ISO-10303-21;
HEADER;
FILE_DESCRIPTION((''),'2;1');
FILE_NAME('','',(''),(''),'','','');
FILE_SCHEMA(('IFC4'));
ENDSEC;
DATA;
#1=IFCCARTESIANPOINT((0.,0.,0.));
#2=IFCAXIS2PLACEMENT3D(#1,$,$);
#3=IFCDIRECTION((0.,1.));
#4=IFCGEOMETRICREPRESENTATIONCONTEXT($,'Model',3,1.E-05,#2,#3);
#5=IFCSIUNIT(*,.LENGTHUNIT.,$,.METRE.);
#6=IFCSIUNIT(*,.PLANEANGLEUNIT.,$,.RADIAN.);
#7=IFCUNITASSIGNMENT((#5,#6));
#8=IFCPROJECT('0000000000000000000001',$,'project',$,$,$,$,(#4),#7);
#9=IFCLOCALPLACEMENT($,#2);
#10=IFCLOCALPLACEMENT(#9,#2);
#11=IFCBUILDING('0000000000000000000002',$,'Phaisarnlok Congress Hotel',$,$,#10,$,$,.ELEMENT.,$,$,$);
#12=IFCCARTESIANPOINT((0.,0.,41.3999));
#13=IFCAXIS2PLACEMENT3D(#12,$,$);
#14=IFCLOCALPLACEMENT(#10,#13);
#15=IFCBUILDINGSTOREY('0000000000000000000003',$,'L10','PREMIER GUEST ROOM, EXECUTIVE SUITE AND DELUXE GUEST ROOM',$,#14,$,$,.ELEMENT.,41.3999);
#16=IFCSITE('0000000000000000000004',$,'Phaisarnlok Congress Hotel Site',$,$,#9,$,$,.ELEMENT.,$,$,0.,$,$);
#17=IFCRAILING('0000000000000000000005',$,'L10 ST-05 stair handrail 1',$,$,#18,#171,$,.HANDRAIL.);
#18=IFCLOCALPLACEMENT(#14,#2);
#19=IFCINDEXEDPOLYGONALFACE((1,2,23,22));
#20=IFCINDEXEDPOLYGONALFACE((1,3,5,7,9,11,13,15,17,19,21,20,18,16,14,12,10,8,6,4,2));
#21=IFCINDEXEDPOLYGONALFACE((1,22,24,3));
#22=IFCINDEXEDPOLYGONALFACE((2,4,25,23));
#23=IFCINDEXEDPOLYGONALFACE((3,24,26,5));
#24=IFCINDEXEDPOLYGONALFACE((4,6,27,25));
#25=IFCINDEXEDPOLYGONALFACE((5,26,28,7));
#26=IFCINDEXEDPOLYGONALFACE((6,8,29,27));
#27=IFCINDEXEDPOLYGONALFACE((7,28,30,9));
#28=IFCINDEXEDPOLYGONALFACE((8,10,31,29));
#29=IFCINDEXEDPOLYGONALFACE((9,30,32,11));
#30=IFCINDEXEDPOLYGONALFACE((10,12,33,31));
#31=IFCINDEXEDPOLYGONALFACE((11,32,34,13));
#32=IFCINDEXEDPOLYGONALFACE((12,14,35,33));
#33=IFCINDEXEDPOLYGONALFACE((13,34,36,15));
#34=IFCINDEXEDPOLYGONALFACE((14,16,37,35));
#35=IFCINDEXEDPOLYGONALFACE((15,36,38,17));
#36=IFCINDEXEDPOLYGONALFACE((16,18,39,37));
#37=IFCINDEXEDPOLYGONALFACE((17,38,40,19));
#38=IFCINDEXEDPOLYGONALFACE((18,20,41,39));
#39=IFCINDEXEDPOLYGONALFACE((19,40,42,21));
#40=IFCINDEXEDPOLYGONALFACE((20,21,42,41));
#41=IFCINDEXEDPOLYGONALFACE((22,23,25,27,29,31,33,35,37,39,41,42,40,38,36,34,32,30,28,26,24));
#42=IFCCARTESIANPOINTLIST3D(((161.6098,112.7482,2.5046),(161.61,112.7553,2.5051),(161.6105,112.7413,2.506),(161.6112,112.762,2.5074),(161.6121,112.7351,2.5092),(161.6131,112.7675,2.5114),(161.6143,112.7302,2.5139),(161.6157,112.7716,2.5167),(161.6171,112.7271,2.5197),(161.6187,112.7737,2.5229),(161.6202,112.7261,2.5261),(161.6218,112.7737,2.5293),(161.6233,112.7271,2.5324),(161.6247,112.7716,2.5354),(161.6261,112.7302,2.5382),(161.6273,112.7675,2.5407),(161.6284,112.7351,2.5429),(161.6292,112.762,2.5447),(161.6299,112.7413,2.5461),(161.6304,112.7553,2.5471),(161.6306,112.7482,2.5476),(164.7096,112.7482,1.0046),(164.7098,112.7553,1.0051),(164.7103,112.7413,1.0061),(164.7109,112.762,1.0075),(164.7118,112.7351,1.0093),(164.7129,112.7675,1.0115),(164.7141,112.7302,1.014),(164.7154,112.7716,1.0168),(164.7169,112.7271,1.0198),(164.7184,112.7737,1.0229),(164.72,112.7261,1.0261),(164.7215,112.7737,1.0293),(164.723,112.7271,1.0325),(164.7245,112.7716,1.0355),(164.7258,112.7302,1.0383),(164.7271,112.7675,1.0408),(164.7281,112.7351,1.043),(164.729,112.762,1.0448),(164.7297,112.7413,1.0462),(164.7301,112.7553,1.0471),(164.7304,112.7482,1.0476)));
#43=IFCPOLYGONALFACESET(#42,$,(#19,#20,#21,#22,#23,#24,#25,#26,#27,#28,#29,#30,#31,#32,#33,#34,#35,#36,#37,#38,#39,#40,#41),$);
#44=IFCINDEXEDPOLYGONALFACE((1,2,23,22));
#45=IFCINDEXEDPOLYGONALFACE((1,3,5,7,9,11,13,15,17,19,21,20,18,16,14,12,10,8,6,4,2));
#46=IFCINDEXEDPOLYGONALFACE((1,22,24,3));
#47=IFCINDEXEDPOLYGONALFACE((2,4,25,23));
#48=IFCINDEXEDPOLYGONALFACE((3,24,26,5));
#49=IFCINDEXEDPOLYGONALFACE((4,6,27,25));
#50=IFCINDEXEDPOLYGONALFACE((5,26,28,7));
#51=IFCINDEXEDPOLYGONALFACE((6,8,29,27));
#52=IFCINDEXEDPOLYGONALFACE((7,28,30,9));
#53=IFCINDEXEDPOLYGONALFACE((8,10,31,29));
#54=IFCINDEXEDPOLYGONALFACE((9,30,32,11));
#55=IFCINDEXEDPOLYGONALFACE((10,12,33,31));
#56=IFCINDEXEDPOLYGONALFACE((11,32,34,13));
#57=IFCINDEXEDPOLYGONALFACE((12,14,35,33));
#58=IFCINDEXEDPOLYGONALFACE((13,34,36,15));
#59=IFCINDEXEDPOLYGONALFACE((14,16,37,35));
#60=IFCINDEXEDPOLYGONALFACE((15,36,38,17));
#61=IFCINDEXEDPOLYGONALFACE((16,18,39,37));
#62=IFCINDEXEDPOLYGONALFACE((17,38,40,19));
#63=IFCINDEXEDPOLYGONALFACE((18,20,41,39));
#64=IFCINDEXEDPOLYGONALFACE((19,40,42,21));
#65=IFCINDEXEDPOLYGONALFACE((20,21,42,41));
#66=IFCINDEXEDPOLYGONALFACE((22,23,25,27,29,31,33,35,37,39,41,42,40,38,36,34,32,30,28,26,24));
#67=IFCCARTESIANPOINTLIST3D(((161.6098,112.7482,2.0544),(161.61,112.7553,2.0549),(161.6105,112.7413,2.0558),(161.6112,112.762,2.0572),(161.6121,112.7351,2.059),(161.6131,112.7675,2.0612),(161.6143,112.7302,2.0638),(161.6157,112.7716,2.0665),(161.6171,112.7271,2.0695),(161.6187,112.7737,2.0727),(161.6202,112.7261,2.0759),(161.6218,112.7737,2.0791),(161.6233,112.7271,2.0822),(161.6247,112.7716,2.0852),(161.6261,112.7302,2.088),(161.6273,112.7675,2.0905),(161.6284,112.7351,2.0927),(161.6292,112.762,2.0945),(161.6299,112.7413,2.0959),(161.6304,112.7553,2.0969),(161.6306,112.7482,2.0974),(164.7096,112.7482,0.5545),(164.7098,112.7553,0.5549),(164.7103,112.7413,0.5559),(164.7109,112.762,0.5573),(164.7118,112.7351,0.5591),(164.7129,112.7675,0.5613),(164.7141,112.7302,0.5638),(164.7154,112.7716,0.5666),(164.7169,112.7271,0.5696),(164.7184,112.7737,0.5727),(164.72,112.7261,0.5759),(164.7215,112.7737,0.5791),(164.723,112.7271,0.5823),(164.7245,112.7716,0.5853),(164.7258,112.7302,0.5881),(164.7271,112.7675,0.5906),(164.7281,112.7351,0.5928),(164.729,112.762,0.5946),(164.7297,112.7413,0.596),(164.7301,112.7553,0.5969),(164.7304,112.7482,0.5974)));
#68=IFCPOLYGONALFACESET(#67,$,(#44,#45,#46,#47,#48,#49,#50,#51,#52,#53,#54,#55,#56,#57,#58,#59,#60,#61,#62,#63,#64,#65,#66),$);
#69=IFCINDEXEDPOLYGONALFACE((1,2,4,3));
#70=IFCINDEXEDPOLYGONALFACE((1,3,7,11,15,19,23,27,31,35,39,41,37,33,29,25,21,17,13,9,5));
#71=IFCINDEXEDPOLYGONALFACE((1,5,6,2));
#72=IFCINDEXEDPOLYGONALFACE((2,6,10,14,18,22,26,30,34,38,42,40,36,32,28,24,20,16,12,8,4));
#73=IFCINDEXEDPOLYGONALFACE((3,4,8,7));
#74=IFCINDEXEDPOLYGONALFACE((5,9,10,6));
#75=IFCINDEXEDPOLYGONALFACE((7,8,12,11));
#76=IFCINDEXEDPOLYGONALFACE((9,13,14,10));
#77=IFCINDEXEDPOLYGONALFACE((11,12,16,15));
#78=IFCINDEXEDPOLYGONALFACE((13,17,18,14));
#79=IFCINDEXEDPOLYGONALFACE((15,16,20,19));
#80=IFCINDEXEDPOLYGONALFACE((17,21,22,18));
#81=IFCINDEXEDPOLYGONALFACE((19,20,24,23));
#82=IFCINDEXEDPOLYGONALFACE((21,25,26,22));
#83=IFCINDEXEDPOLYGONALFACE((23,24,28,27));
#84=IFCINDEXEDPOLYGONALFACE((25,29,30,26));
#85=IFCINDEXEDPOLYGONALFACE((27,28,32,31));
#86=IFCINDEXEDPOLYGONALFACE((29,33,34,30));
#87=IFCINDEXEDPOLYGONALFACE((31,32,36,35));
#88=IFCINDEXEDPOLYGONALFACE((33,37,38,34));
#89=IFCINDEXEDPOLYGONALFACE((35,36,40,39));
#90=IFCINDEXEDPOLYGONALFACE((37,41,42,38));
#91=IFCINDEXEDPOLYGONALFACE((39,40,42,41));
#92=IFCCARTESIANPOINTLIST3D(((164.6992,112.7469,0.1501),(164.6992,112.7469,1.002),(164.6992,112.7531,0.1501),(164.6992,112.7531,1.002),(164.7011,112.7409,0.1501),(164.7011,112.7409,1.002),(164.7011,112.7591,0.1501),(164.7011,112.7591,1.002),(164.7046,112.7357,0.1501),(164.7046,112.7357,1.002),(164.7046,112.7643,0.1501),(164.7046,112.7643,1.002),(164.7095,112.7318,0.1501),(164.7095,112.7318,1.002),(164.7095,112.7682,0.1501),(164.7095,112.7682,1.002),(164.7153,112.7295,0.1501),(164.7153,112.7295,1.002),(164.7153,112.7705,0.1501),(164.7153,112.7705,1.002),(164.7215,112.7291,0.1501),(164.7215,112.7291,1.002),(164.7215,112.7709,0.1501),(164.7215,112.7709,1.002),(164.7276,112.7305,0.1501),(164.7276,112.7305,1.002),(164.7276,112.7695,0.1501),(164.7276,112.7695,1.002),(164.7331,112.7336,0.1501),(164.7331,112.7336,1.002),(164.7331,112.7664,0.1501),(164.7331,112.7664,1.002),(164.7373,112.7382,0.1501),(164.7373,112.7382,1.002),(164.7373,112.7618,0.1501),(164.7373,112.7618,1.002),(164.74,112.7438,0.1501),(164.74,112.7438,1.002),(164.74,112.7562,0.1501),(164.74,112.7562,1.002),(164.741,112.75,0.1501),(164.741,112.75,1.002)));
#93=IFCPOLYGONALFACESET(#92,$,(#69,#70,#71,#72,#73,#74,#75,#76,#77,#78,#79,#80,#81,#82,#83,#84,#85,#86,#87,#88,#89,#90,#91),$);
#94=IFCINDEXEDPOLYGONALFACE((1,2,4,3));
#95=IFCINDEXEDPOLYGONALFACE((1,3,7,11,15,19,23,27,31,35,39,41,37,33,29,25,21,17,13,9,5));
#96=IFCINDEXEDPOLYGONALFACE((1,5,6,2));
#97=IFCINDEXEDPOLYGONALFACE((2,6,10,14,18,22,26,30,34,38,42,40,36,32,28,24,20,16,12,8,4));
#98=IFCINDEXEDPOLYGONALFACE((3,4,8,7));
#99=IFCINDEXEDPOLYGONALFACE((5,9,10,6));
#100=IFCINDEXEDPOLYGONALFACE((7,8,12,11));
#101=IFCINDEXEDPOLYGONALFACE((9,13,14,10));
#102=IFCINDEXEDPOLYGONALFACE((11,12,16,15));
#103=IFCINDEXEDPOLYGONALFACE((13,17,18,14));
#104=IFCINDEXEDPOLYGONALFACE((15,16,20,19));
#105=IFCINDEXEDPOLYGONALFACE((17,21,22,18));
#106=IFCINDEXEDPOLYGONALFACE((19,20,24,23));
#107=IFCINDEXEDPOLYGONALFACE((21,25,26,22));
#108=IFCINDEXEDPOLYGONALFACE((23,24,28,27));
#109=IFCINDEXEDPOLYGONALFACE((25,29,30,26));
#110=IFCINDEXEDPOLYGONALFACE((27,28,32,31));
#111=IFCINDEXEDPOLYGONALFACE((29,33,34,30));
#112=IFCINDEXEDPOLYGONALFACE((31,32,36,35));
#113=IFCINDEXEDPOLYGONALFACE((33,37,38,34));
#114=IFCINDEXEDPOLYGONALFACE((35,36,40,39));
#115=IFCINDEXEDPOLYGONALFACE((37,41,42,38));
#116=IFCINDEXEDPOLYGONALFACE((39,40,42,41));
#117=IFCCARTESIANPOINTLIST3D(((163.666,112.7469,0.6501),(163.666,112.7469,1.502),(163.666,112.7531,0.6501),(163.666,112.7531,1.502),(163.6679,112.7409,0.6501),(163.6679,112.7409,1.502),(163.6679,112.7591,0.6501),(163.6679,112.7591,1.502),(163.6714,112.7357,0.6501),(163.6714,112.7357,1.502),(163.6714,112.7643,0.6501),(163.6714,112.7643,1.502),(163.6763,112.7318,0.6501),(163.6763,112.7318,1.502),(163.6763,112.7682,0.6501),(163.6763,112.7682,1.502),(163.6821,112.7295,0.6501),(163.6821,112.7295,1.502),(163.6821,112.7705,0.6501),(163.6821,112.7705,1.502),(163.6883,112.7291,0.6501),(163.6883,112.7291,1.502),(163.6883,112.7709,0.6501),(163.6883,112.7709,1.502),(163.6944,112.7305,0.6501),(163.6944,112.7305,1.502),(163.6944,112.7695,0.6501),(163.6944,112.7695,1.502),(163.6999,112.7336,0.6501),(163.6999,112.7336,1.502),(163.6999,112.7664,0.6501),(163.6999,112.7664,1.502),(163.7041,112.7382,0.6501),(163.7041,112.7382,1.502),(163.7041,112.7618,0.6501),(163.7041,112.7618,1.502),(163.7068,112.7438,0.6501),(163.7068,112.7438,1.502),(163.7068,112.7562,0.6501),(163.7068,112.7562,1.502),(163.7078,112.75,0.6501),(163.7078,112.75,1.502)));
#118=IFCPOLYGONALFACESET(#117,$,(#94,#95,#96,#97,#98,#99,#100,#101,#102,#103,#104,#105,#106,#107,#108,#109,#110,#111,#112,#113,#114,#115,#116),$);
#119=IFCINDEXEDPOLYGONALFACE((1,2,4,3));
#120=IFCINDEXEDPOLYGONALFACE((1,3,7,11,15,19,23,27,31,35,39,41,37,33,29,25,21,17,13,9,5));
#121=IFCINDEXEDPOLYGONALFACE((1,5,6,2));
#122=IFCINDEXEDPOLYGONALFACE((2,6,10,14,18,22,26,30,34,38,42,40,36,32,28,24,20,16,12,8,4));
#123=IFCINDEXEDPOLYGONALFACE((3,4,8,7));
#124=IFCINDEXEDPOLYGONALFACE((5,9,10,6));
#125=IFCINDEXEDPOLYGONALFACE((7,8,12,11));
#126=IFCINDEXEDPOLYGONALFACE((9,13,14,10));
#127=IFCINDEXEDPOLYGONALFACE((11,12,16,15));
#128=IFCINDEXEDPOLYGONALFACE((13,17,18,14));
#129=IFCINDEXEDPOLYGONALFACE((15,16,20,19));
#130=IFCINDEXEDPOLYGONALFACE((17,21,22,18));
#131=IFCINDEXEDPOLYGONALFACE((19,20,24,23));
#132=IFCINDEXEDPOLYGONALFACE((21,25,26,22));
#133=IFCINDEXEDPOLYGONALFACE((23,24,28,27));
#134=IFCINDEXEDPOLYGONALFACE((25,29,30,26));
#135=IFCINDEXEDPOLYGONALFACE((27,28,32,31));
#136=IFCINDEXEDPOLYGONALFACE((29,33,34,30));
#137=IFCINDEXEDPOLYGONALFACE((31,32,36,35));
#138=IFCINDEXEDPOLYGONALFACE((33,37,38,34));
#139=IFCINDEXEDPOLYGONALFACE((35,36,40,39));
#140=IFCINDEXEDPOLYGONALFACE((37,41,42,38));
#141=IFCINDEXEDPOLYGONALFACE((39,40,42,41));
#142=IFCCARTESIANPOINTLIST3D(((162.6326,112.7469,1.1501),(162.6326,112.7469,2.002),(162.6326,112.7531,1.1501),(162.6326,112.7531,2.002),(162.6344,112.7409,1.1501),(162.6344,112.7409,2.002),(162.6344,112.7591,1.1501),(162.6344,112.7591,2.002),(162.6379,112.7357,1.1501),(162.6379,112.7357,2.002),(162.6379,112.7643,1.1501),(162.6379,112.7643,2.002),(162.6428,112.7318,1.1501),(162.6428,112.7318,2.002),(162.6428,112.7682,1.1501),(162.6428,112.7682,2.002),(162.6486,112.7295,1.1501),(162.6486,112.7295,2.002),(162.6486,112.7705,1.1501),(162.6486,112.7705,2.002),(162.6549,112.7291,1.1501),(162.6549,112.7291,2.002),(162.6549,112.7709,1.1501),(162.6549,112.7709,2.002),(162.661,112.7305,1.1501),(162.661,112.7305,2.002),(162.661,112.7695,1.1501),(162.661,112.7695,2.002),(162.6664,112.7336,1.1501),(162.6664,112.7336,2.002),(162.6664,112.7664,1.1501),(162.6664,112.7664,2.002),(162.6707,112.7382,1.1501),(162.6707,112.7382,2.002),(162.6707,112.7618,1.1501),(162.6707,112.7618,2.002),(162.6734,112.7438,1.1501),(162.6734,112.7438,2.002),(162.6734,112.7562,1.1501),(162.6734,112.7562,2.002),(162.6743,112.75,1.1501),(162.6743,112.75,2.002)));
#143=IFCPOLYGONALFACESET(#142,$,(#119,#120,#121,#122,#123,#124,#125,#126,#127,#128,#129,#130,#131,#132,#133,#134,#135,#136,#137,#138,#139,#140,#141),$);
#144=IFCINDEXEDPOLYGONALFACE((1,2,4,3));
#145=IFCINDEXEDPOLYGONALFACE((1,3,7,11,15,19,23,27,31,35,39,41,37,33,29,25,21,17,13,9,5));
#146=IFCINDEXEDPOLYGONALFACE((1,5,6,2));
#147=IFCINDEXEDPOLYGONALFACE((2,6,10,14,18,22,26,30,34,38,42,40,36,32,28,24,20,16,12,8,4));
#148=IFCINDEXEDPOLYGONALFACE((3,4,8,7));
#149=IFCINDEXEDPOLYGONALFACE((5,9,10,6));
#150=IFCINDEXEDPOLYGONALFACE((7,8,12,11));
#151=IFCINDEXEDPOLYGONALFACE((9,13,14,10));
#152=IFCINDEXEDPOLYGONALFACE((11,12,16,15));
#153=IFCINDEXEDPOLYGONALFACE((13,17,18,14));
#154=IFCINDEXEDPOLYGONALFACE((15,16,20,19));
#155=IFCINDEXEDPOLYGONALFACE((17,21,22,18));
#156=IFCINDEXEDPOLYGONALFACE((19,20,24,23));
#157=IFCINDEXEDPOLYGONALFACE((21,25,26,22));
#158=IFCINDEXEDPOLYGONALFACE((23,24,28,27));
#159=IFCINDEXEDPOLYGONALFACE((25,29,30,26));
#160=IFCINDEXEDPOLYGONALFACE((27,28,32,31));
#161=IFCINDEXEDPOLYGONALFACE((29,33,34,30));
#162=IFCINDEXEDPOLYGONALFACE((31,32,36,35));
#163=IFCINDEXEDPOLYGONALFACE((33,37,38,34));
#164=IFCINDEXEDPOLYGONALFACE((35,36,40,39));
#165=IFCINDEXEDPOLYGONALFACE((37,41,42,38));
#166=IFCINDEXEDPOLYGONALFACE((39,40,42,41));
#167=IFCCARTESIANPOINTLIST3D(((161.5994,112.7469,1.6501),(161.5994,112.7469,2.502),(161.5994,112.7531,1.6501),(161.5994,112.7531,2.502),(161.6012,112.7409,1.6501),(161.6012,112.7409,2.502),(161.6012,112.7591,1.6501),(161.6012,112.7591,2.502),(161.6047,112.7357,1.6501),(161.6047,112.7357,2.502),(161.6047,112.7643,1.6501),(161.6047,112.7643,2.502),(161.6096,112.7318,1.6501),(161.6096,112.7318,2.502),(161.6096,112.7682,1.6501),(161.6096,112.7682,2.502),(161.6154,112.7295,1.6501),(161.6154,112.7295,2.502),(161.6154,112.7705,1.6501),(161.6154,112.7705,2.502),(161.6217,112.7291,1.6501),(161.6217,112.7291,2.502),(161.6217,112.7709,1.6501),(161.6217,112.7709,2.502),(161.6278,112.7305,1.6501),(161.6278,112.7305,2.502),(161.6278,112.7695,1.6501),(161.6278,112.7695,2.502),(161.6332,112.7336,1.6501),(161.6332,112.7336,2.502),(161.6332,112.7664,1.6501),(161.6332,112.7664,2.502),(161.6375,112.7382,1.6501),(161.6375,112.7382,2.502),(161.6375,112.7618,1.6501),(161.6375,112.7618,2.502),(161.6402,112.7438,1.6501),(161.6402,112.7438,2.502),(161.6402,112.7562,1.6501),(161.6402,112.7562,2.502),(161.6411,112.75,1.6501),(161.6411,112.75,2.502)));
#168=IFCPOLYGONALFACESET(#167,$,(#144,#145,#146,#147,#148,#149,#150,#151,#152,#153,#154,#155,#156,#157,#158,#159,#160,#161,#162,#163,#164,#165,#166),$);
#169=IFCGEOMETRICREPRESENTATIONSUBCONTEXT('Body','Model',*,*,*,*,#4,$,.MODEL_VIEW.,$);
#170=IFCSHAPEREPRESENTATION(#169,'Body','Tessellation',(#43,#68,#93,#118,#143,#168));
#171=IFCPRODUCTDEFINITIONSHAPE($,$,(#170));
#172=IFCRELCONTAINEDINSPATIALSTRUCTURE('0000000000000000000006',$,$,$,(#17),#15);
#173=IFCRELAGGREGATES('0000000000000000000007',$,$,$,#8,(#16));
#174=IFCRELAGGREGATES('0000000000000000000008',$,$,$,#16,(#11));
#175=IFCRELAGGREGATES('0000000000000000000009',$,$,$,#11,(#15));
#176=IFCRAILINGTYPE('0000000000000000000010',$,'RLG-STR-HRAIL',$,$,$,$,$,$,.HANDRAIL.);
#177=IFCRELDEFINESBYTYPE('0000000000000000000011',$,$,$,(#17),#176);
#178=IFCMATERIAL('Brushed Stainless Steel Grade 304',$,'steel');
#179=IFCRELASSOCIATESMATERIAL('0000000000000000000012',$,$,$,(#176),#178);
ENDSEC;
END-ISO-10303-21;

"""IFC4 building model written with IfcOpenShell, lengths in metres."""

from ifc_helpers import new_model, si_unit, direction, frame, origin, origin_2d, place, context, subcontext, project, spatial, circle, extrude, material, type_object, element, save


model = new_model("IFC4")

# Units and contexts
model_context = context("Model", 3, precision=1e-05, world=origin(), true_north=direction((0.0, 1.0)))
body_context = subcontext(model_context, "Body", "Model", "MODEL_VIEW")
ifc_project = project(units=[si_unit("LENGTHUNIT", "METRE"), si_unit("PLANEANGLEUNIT", "RADIAN")], contexts=[model_context])

# Site, building, storey
site_placement = place(None, origin())
site = spatial("IfcSite", under=ifc_project, at=site_placement, Name="Phaisarnlok Congress Hotel Site", CompositionType="ELEMENT", RefElevation=0.0)
building_placement = place(site_placement, origin())
building = spatial("IfcBuilding", under=site, at=building_placement, Name="Phaisarnlok Congress Hotel", CompositionType="ELEMENT")
storey_placement = place(building_placement, frame((0.0, 0.0, 41.3999)))
storey = spatial("IfcBuildingStorey", under=building, at=storey_placement, Name="L10", Description="PREMIER GUEST ROOM, EXECUTIVE SUITE AND DELUXE GUEST ROOM", CompositionType="ELEMENT", Elevation=41.3999)

# Railing
ifc_material_1 = material(Name="Brushed Stainless Steel Grade 304", Category="steel")
railing_type_1 = type_object("IfcRailingType", Name="RLG-STR-HRAIL", PredefinedType="HANDRAIL", material=ifc_material_1)
railing_1_placement = place(storey_placement, frame((164.72, 112.75, 0.1501)))
element("IfcRailing", 1, at=railing_1_placement, inside=storey, type_object=railing_type_1, Name="L10 ST-05 stair handrail 1", PredefinedType="HANDRAIL", context=body_context, shape_type="SweptSolid", body=[
    extrude(circle(Radius=0.0239, at=origin_2d()), frame((0.0, 0.0, 0.876), z_axis=(-0.900151, 0.0, 0.435578), x_axis=(0.0, -1.0, 0.0)), (0.0, 0.0, 1.0), 3.4436),
    extrude(circle(Radius=0.0239, at=origin_2d()), frame((0.0, 0.0, 0.4258), z_axis=(-0.900151, 0.0, 0.435578), x_axis=(0.0, -1.0, 0.0)), (0.0, 0.0, 1.0), 3.4436),
    extrude(circle(Radius=0.021, at=origin_2d()), origin(), (0.0, 0.0, 1.0), 0.8518),
    extrude(circle(Radius=0.021, at=origin_2d()), frame((-1.0332, 0.0, 0.5)), (0.0, 0.0, 1.0), 0.8518),
    extrude(circle(Radius=0.021, at=origin_2d()), frame((-2.0667, 0.0, 1.0)), (0.0, 0.0, 1.0), 0.8518),
    extrude(circle(Radius=0.021, at=origin_2d()), frame((-3.0999, 0.0, 1.5)), (0.0, 0.0, 1.0), 0.8518),
])

save(model, "model.ifc")
